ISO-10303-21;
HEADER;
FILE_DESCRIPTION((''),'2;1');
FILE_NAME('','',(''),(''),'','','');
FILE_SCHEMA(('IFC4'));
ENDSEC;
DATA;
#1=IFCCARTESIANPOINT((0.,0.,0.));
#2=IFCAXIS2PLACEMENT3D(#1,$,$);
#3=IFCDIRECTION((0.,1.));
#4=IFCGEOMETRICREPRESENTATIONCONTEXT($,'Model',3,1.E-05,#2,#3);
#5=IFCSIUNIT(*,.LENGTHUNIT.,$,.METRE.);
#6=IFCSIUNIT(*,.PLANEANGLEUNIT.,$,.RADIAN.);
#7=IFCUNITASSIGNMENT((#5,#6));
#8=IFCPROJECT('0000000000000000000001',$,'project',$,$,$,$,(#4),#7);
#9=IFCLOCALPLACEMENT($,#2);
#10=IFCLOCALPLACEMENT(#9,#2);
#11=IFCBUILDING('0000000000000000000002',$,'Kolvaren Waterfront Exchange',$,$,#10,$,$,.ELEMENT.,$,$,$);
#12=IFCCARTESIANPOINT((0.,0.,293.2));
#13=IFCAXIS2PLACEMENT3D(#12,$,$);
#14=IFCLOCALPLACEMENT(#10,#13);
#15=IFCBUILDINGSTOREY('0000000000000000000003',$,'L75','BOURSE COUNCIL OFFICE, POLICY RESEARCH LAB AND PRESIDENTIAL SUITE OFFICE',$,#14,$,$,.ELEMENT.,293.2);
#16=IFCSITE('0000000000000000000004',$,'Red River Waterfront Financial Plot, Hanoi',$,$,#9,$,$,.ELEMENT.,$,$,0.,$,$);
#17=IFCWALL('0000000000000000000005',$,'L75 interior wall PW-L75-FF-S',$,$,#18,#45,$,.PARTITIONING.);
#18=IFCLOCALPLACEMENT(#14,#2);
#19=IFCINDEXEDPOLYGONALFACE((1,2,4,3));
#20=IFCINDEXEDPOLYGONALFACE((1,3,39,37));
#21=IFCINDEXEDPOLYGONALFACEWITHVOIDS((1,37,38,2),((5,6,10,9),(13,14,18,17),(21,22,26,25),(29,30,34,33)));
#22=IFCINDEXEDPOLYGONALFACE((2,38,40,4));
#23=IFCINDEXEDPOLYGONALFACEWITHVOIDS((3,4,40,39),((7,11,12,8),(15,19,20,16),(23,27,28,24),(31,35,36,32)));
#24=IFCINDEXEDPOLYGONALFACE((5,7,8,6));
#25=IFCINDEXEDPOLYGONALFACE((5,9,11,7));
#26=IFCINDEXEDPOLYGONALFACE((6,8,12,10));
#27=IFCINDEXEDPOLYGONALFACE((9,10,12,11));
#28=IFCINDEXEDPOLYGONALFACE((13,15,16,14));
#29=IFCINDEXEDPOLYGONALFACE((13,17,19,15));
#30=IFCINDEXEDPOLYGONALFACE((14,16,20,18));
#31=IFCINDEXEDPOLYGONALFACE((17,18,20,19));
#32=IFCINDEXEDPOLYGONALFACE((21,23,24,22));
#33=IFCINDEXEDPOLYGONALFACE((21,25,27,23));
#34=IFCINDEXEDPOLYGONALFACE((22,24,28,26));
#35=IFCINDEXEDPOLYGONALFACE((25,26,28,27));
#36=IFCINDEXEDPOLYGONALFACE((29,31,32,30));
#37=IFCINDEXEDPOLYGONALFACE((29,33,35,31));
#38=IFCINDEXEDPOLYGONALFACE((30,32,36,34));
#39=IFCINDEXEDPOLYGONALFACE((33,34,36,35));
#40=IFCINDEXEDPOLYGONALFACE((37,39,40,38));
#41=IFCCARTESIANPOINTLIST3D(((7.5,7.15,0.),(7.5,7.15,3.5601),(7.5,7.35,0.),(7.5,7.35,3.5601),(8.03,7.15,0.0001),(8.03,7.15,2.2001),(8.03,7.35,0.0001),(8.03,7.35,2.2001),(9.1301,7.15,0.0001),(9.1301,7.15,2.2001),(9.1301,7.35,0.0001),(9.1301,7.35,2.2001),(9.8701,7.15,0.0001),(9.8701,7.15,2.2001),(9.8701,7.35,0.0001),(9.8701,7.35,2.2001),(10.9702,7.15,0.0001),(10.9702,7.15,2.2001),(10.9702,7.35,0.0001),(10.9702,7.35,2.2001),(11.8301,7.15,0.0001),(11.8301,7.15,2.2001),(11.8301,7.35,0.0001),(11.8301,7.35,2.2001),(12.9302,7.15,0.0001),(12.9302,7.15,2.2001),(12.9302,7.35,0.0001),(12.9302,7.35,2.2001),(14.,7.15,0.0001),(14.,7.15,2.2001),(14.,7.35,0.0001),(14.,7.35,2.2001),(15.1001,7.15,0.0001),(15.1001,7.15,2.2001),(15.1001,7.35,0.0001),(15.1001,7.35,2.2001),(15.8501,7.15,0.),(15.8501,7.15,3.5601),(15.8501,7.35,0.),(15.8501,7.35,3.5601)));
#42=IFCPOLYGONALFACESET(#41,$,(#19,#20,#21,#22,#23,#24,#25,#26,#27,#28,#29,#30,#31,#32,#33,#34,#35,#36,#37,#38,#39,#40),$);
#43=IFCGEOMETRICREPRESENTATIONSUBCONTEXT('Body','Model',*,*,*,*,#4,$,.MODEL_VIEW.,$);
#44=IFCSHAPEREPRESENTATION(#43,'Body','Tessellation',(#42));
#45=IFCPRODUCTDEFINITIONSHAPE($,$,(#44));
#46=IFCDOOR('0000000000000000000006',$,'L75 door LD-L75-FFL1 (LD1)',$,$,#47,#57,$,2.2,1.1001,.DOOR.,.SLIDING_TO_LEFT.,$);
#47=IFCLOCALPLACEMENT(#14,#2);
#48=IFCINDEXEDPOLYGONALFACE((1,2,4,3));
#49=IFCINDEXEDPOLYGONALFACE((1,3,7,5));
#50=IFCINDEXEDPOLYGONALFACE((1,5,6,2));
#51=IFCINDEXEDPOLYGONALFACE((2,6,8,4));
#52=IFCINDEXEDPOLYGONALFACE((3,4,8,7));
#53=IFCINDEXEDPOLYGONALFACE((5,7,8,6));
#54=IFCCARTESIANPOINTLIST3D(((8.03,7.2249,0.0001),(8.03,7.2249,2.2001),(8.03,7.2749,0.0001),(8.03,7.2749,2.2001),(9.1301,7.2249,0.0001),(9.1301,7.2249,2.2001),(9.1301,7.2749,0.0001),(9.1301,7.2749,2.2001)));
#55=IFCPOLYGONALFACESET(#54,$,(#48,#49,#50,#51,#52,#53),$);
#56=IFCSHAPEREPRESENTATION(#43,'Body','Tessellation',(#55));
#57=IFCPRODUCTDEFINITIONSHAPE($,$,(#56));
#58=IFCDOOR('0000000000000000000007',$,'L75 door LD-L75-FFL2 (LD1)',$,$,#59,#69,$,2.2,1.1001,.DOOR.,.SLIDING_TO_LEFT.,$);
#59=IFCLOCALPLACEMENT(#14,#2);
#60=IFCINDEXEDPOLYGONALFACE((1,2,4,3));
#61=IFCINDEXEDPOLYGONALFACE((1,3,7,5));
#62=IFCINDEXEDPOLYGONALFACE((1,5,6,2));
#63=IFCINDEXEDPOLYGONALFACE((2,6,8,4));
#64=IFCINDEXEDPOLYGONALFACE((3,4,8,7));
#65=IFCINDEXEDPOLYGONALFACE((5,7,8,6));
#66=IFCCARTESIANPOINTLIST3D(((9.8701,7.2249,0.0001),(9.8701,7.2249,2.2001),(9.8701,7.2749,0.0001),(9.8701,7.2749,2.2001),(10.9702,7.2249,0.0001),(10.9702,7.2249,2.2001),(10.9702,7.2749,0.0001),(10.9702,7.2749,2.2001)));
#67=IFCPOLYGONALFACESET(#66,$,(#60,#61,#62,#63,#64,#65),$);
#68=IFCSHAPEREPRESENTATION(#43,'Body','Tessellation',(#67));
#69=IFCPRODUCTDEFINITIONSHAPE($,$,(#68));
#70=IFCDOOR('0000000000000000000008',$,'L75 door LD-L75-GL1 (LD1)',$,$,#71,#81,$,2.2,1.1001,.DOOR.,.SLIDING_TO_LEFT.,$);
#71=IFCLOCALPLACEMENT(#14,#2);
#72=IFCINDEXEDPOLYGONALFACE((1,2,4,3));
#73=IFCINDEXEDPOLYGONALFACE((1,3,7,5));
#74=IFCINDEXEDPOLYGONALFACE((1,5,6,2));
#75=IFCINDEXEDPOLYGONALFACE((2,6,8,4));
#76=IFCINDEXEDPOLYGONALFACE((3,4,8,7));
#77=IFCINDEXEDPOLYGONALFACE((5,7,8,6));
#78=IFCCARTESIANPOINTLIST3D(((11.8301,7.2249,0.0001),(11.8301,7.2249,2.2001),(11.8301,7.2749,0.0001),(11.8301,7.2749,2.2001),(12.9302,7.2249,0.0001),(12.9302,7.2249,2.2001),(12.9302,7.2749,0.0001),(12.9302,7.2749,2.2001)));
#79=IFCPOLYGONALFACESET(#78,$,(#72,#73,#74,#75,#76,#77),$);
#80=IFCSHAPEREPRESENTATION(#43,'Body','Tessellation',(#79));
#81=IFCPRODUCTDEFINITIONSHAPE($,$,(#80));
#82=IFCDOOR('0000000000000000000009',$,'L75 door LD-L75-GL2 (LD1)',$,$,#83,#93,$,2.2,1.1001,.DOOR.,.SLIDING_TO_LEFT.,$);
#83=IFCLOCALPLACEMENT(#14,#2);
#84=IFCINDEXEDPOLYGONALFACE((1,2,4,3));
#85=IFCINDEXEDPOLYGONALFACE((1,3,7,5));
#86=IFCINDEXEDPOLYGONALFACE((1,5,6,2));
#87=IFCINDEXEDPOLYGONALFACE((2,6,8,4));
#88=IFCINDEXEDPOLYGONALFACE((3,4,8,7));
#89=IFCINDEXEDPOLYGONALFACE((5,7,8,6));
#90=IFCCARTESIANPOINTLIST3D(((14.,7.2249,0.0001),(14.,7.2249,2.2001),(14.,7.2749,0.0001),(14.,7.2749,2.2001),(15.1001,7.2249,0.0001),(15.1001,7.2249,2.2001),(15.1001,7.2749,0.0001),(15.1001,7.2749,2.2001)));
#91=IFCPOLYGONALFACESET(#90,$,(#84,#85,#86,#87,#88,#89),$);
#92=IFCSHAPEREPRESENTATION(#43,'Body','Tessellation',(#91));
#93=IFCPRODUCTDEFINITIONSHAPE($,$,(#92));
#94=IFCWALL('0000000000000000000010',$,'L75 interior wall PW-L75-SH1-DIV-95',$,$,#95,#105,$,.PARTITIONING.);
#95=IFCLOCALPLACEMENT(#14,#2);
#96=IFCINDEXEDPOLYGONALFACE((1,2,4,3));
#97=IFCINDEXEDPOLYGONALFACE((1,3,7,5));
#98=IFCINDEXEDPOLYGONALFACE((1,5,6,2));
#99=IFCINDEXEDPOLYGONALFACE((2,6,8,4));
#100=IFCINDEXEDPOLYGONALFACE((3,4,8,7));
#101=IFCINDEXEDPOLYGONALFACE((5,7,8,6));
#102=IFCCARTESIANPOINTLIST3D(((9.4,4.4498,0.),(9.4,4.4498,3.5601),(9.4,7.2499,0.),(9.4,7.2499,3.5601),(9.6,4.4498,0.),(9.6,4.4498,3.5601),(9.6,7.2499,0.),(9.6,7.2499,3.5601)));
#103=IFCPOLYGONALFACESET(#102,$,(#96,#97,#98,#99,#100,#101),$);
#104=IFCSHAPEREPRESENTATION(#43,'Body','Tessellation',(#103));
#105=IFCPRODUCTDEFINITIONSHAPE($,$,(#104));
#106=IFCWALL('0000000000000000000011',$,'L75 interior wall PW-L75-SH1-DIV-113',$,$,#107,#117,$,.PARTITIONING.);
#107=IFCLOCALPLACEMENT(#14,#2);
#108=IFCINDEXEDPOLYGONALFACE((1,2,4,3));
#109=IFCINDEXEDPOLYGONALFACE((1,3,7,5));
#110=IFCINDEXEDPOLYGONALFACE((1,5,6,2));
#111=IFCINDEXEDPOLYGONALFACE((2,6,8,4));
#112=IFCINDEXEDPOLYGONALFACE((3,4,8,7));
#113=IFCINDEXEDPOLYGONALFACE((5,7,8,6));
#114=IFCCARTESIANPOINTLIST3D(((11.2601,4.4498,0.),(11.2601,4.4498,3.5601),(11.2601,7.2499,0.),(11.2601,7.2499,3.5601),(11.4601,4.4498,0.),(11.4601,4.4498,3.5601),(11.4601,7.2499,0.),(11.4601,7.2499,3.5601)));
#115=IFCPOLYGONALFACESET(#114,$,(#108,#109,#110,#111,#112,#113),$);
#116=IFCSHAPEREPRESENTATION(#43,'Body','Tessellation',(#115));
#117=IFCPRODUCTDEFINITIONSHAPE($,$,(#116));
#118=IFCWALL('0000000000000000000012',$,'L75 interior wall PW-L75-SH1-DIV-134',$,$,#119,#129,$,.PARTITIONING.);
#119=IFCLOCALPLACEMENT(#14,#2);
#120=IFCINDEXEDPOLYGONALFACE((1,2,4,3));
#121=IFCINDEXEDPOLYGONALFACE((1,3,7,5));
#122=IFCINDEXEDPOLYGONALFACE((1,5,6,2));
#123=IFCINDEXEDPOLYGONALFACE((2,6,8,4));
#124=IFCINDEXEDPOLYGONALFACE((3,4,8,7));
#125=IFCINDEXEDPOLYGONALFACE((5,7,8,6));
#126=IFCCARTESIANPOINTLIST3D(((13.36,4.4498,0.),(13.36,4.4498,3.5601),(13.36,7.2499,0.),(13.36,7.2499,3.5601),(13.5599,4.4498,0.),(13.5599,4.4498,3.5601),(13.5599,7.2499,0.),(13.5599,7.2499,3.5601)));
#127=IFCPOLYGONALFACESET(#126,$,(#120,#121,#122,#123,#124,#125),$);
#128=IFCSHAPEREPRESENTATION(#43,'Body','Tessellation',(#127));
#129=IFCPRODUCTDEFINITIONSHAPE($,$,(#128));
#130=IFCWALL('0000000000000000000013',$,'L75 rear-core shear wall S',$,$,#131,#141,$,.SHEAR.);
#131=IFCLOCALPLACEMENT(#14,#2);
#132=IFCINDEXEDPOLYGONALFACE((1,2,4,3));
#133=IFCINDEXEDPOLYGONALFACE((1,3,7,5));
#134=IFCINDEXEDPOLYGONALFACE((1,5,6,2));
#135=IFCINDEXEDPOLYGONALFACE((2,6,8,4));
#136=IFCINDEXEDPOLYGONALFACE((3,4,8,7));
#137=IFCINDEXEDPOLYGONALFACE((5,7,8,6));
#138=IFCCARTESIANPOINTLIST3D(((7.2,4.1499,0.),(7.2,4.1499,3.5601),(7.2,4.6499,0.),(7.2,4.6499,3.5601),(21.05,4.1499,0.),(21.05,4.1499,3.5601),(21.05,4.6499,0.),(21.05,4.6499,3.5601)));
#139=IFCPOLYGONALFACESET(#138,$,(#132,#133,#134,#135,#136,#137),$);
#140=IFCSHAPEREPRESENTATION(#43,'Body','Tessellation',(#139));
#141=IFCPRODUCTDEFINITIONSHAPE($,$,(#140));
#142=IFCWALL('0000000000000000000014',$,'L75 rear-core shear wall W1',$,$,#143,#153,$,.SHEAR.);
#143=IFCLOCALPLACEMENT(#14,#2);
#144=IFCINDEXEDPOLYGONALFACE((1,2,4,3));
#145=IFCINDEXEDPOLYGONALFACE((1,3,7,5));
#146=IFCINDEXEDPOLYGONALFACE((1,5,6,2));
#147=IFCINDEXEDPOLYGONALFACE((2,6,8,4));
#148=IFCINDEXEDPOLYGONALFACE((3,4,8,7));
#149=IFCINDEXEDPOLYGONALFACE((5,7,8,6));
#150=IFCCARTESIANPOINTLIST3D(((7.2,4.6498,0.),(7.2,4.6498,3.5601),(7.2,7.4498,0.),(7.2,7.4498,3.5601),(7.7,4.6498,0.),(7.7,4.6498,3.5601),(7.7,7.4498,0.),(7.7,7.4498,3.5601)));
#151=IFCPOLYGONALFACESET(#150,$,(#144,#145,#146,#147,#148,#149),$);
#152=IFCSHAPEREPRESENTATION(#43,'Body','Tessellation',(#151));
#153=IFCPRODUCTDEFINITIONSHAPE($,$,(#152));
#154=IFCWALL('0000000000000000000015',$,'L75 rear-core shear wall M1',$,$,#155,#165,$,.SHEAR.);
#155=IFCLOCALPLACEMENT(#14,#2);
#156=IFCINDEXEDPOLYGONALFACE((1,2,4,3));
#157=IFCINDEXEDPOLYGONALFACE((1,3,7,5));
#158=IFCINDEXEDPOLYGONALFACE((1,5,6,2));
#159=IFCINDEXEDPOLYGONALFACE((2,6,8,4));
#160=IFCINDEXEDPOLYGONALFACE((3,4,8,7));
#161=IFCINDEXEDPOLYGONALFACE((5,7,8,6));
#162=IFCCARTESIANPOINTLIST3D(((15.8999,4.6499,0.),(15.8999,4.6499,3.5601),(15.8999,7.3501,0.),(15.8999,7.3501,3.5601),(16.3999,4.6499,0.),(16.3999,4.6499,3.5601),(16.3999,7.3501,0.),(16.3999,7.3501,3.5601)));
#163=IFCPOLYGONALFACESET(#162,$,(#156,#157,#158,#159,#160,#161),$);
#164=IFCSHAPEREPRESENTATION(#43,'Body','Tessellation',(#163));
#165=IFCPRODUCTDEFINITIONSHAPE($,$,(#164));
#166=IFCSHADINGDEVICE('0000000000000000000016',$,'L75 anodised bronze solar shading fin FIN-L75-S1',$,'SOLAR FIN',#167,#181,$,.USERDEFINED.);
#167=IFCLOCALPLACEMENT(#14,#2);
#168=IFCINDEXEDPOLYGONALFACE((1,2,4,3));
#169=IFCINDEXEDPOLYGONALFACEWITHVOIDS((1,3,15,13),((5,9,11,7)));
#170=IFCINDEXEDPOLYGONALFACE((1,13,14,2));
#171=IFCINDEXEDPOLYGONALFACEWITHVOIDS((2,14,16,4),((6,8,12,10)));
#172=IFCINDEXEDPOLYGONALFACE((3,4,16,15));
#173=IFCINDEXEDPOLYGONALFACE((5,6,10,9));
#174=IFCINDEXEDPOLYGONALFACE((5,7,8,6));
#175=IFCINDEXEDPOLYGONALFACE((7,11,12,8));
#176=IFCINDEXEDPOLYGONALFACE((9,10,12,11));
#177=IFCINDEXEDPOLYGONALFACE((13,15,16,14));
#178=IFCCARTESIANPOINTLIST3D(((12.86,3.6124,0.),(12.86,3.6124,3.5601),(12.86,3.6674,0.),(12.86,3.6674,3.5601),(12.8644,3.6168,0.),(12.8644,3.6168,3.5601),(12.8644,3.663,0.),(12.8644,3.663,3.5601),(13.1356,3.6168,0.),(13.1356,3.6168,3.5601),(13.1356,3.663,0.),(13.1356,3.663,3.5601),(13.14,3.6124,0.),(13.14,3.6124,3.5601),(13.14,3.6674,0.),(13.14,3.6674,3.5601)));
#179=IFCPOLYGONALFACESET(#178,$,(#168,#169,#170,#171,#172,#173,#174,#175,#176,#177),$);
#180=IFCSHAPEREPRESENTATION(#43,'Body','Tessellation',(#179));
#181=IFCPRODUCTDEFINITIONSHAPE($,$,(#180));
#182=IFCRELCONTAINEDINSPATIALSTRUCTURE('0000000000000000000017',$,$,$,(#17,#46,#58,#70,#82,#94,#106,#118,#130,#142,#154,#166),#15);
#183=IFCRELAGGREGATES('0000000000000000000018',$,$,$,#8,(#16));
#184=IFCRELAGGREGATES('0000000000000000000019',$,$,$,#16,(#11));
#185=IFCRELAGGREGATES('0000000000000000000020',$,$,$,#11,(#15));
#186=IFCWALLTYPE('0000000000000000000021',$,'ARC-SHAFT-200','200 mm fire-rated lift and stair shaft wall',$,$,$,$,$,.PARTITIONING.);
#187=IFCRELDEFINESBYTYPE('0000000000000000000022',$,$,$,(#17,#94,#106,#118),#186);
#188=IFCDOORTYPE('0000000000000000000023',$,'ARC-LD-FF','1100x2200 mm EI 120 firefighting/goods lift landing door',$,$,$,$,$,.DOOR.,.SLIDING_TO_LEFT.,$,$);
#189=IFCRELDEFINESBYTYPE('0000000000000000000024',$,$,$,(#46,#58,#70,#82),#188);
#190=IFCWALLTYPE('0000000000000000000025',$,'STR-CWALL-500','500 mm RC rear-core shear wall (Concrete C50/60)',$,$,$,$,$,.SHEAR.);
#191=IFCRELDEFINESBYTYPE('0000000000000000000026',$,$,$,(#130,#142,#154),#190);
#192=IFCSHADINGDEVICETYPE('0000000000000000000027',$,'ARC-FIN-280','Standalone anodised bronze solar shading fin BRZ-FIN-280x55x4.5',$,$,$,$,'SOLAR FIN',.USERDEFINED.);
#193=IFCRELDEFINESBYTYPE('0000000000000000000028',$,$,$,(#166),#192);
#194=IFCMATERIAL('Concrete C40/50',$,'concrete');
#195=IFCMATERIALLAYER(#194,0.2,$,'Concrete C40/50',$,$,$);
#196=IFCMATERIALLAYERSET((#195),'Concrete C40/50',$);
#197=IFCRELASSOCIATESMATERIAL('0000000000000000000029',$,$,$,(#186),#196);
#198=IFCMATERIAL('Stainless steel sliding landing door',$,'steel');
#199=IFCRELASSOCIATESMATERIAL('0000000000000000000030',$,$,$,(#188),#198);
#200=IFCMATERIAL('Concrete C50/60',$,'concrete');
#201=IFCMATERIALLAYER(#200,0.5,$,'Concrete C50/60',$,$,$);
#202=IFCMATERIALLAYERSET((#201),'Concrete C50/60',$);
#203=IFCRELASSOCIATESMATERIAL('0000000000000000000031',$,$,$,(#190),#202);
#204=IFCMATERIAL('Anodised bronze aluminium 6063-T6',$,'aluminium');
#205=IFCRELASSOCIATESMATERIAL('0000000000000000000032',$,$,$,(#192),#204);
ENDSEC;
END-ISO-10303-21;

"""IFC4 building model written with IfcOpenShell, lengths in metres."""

from ifc_helpers import new_model, si_unit, direction, frame, frame_2d, origin, origin_2d, place, context, subcontext, project, spatial, rectangle, hollow_rectangle, extrude, material, layer, layer_set, material_profile, profile_set, type_object, element, fill, save


model = new_model("IFC4")

# Units and contexts
model_context = context("Model", 3, precision=1e-05, world=origin(), true_north=direction((0.0, 1.0)))
body_context = subcontext(model_context, "Body", "Model", "MODEL_VIEW")
ifc_project = project(units=[si_unit("LENGTHUNIT", "METRE"), si_unit("PLANEANGLEUNIT", "RADIAN")], contexts=[model_context])

# Site, building, storey
site_placement = place(None, origin())
site = spatial("IfcSite", under=ifc_project, at=site_placement, Name="Red River Waterfront Financial Plot, Hanoi", CompositionType="ELEMENT", RefElevation=0.0)
building_placement = place(site_placement, origin())
building = spatial("IfcBuilding", under=site, at=building_placement, Name="Kolvaren Waterfront Exchange", CompositionType="ELEMENT")
storey_placement = place(building_placement, frame((0.0, 0.0, 293.2)))
storey = spatial("IfcBuildingStorey", under=building, at=storey_placement, Name="L75", Description="BOURSE COUNCIL OFFICE, POLICY RESEARCH LAB AND PRESIDENTIAL SUITE OFFICE", CompositionType="ELEMENT", Elevation=293.2)

# Shared definitions
ifc_material_1 = material(Name="Concrete C50/60", Category="concrete")

# Shared definitions
ifc_material_2 = material(Name="Anodised bronze aluminium 6063-T6", Category="aluminium")

# Shared definitions
ifc_material_3 = material(Name="Concrete C40/50", Category="concrete")
ifc_layer_1 = layer(ifc_material_3, 0.2, Name="Concrete C40/50")
ifc_layer_set_1 = layer_set([ifc_layer_1], Name="Concrete C40/50")
wall_type_1 = type_object("IfcWallType", Name="ARC-SHAFT-200", Description="200 mm fire-rated lift and stair shaft wall", PredefinedType="PARTITIONING", material=ifc_layer_set_1)

# Wall, openings, doors
wall_1_placement = place(storey_placement, frame((7.5, 7.25, 0.0), z_axis=(0.0, 0.0, 1.0), x_axis=(1.0, 0.0, 0.0)))
wall_1 = element("IfcWall", 1, at=wall_1_placement, inside=storey, type_object=wall_type_1, Name="L75 interior wall PW-L75-FF-S", PredefinedType="PARTITIONING", context=body_context, shape_type="SweptSolid", body=[
    extrude(rectangle(XDim=8.3501, YDim=0.2, at=frame_2d((4.175, 0.0))), origin(), (0.0, 0.0, 1.0), 3.5601),
])
opening_1_placement = place(wall_1_placement, frame((0.53, 0.0, 0.0)))
opening_1 = element("IfcOpeningElement", 2, at=opening_1_placement, cuts=wall_1, PredefinedType="OPENING", context=body_context, shape_type="SweptSolid", body=[
    extrude(rectangle(XDim=1.1001, YDim=2.2, at=frame_2d((0.55, 1.1001))), frame((0.0, 0.1099, 0.0), z_axis=(0.0, -1.0, 0.0), x_axis=(1.0, 0.0, 0.0)), (0.0, 0.0, 1.0), 0.22),
])
opening_2_placement = place(wall_1_placement, frame((2.3701, 0.0, 0.0)))
opening_2 = element("IfcOpeningElement", 3, at=opening_2_placement, cuts=wall_1, PredefinedType="OPENING", context=body_context, shape_type="SweptSolid", body=[
    extrude(rectangle(XDim=1.1001, YDim=2.2, at=frame_2d((0.55, 1.1001))), frame((0.0, 0.1099, 0.0), z_axis=(0.0, -1.0, 0.0), x_axis=(1.0, 0.0, 0.0)), (0.0, 0.0, 1.0), 0.22),
])
opening_3_placement = place(wall_1_placement, frame((4.3301, 0.0, 0.0)))
opening_3 = element("IfcOpeningElement", 4, at=opening_3_placement, cuts=wall_1, PredefinedType="OPENING", context=body_context, shape_type="SweptSolid", body=[
    extrude(rectangle(XDim=1.1001, YDim=2.2, at=frame_2d((0.55, 1.1001))), frame((0.0, 0.1099, 0.0), z_axis=(0.0, -1.0, 0.0), x_axis=(1.0, 0.0, 0.0)), (0.0, 0.0, 1.0), 0.22),
])
opening_4_placement = place(wall_1_placement, frame((6.5, 0.0, 0.0)))
opening_4 = element("IfcOpeningElement", 5, at=opening_4_placement, cuts=wall_1, PredefinedType="OPENING", context=body_context, shape_type="SweptSolid", body=[
    extrude(rectangle(XDim=1.1001, YDim=2.2, at=frame_2d((0.55, 1.1001))), frame((0.0, 0.1099, 0.0), z_axis=(0.0, -1.0, 0.0), x_axis=(1.0, 0.0, 0.0)), (0.0, 0.0, 1.0), 0.22),
])
ifc_material_4 = material(Name="Stainless steel sliding landing door", Category="steel")
door_type = type_object("IfcDoorType", Name="ARC-LD-FF", Description="1100x2200 mm EI 120 firefighting/goods lift landing door", OperationType="SLIDING_TO_LEFT", PredefinedType="DOOR", material=ifc_material_4)
door_1_placement = place(opening_1_placement, origin())
door_1 = element("IfcDoor", 6, at=door_1_placement, inside=storey, type_object=door_type, Name="L75 door LD-L75-FFL1 (LD1)", OperationType="SLIDING_TO_LEFT", OverallHeight=2.2, OverallWidth=1.1001, PredefinedType="DOOR", context=body_context, shape_type="SweptSolid", body=[
    extrude(rectangle(XDim=1.1001, YDim=2.2, at=frame_2d((0.55, 1.1001))), frame((0.0, 0.0249, 0.0), z_axis=(0.0, -1.0, 0.0), x_axis=(1.0, 0.0, 0.0)), (0.0, 0.0, 1.0), 0.05),
])
fill(opening_1, door_1)
door_2_placement = place(opening_2_placement, origin())
door_2 = element("IfcDoor", 7, at=door_2_placement, inside=storey, type_object=door_type, Name="L75 door LD-L75-FFL2 (LD1)", OperationType="SLIDING_TO_LEFT", OverallHeight=2.2, OverallWidth=1.1001, PredefinedType="DOOR", context=body_context, shape_type="SweptSolid", body=[
    extrude(rectangle(XDim=1.1001, YDim=2.2, at=frame_2d((0.55, 1.1001))), frame((0.0, 0.0249, 0.0), z_axis=(0.0, -1.0, 0.0), x_axis=(1.0, 0.0, 0.0)), (0.0, 0.0, 1.0), 0.05),
])
fill(opening_2, door_2)
door_3_placement = place(opening_3_placement, origin())
door_3 = element("IfcDoor", 8, at=door_3_placement, inside=storey, type_object=door_type, Name="L75 door LD-L75-GL1 (LD1)", OperationType="SLIDING_TO_LEFT", OverallHeight=2.2, OverallWidth=1.1001, PredefinedType="DOOR", context=body_context, shape_type="SweptSolid", body=[
    extrude(rectangle(XDim=1.1001, YDim=2.2, at=frame_2d((0.55, 1.1001))), frame((0.0, 0.0249, 0.0), z_axis=(0.0, -1.0, 0.0), x_axis=(1.0, 0.0, 0.0)), (0.0, 0.0, 1.0), 0.05),
])
fill(opening_3, door_3)
door_4_placement = place(opening_4_placement, origin())
door_4 = element("IfcDoor", 9, at=door_4_placement, inside=storey, type_object=door_type, Name="L75 door LD-L75-GL2 (LD1)", OperationType="SLIDING_TO_LEFT", OverallHeight=2.2, OverallWidth=1.1001, PredefinedType="DOOR", context=body_context, shape_type="SweptSolid", body=[
    extrude(rectangle(XDim=1.1001, YDim=2.2, at=frame_2d((0.55, 1.1001))), frame((0.0, 0.0249, 0.0), z_axis=(0.0, -1.0, 0.0), x_axis=(1.0, 0.0, 0.0)), (0.0, 0.0, 1.0), 0.05),
])
fill(opening_4, door_4)

# Walls
for number, where, z_axis, x_axis, name in (
    (10, (9.5, 4.45, 0.0), (0.0, 0.0, 1.0), (0.0, 1.0, 0.0), "L75 interior wall PW-L75-SH1-DIV-95"),
    (11, (11.3601, 4.45, 0.0), (0.0, 0.0, 1.0), (0.0, 1.0, 0.0), "L75 interior wall PW-L75-SH1-DIV-113"),
    (12, (13.46, 4.45, 0.0), (0.0, 0.0, 1.0), (0.0, 1.0, 0.0), "L75 interior wall PW-L75-SH1-DIV-134"),
):
    element("IfcWall", number, at=place(storey_placement, frame(where, z_axis=z_axis, x_axis=x_axis)), inside=storey, type_object=wall_type_1, Name=name, PredefinedType="PARTITIONING", context=body_context, shape_type="SweptSolid", body=[
        extrude(rectangle(XDim=2.8, YDim=0.2, at=frame_2d((1.3999, 0.0))), origin(), (0.0, 0.0, 1.0), 3.5601),
    ])
ifc_layer_2 = layer(ifc_material_1, 0.5, Name="Concrete C50/60")
ifc_layer_set_2 = layer_set([ifc_layer_2], Name="Concrete C50/60")
wall_type_2 = type_object("IfcWallType", Name="STR-CWALL-500", Description="500 mm RC rear-core shear wall (Concrete C50/60)", PredefinedType="SHEAR", material=ifc_layer_set_2)
wall_2_placement = place(storey_placement, frame((7.2, 4.3999, 0.0), z_axis=(0.0, 0.0, 1.0), x_axis=(1.0, 0.0, 0.0)))
element("IfcWall", 13, at=wall_2_placement, inside=storey, type_object=wall_type_2, Name="L75 rear-core shear wall S", PredefinedType="SHEAR", context=body_context, shape_type="SweptSolid", body=[
    extrude(rectangle(XDim=13.8501, YDim=0.5, at=frame_2d((6.925, 0.0))), origin(), (0.0, 0.0, 1.0), 3.5601),
])
wall_3_placement = place(storey_placement, frame((7.45, 4.6499, 0.0), z_axis=(0.0, 0.0, 1.0), x_axis=(0.0, 1.0, 0.0)))
element("IfcWall", 14, at=wall_3_placement, inside=storey, type_object=wall_type_2, Name="L75 rear-core shear wall W1", PredefinedType="SHEAR", context=body_context, shape_type="SweptSolid", body=[
    extrude(rectangle(XDim=2.8, YDim=0.5, at=frame_2d((1.3999, 0.0))), origin(), (0.0, 0.0, 1.0), 3.5601),
])
wall_4_placement = place(storey_placement, frame((16.1499, 4.6499, 0.0), z_axis=(0.0, 0.0, 1.0), x_axis=(0.0, 1.0, 0.0)))
element("IfcWall", 15, at=wall_4_placement, inside=storey, type_object=wall_type_2, Name="L75 rear-core shear wall M1", PredefinedType="SHEAR", context=body_context, shape_type="SweptSolid", body=[
    extrude(rectangle(XDim=2.7002, YDim=0.5, at=frame_2d((1.3501, 0.0))), origin(), (0.0, 0.0, 1.0), 3.5601),
])

# Shading device
ifc_material_profile_1 = material_profile(ifc_material_2, hollow_rectangle(XDim=0.0549, YDim=0.28, WallThickness=0.0044, at=origin_2d()), Name="BRZ-FIN-280x55x4.5")
ifc_profile_set_1 = profile_set([ifc_material_profile_1], Name="Anodised bronze aluminium 6063-T6")
shading_device_type = type_object("IfcShadingDeviceType", Name="ARC-FIN-280", Description="Standalone anodised bronze solar shading fin BRZ-FIN-280x55x4.5", ElementType="SOLAR FIN", PredefinedType="USERDEFINED", material=ifc_profile_set_1)
shading_device_placement = place(storey_placement, frame((13.0, 3.6399, 0.0), z_axis=(0.0, 0.0, 1.0), x_axis=(0.0, -1.0, 0.0)))
element("IfcShadingDevice", 16, at=shading_device_placement, inside=storey, type_object=shading_device_type, Name="L75 anodised bronze solar shading fin FIN-L75-S1", ObjectType="SOLAR FIN", PredefinedType="USERDEFINED", context=body_context, shape_type="SweptSolid", body=[
    extrude(hollow_rectangle(XDim=0.0549, YDim=0.28, WallThickness=0.0044, at=origin_2d()), origin(), (0.0, 0.0, 1.0), 3.5601),
])

save(model, "model.ifc")
